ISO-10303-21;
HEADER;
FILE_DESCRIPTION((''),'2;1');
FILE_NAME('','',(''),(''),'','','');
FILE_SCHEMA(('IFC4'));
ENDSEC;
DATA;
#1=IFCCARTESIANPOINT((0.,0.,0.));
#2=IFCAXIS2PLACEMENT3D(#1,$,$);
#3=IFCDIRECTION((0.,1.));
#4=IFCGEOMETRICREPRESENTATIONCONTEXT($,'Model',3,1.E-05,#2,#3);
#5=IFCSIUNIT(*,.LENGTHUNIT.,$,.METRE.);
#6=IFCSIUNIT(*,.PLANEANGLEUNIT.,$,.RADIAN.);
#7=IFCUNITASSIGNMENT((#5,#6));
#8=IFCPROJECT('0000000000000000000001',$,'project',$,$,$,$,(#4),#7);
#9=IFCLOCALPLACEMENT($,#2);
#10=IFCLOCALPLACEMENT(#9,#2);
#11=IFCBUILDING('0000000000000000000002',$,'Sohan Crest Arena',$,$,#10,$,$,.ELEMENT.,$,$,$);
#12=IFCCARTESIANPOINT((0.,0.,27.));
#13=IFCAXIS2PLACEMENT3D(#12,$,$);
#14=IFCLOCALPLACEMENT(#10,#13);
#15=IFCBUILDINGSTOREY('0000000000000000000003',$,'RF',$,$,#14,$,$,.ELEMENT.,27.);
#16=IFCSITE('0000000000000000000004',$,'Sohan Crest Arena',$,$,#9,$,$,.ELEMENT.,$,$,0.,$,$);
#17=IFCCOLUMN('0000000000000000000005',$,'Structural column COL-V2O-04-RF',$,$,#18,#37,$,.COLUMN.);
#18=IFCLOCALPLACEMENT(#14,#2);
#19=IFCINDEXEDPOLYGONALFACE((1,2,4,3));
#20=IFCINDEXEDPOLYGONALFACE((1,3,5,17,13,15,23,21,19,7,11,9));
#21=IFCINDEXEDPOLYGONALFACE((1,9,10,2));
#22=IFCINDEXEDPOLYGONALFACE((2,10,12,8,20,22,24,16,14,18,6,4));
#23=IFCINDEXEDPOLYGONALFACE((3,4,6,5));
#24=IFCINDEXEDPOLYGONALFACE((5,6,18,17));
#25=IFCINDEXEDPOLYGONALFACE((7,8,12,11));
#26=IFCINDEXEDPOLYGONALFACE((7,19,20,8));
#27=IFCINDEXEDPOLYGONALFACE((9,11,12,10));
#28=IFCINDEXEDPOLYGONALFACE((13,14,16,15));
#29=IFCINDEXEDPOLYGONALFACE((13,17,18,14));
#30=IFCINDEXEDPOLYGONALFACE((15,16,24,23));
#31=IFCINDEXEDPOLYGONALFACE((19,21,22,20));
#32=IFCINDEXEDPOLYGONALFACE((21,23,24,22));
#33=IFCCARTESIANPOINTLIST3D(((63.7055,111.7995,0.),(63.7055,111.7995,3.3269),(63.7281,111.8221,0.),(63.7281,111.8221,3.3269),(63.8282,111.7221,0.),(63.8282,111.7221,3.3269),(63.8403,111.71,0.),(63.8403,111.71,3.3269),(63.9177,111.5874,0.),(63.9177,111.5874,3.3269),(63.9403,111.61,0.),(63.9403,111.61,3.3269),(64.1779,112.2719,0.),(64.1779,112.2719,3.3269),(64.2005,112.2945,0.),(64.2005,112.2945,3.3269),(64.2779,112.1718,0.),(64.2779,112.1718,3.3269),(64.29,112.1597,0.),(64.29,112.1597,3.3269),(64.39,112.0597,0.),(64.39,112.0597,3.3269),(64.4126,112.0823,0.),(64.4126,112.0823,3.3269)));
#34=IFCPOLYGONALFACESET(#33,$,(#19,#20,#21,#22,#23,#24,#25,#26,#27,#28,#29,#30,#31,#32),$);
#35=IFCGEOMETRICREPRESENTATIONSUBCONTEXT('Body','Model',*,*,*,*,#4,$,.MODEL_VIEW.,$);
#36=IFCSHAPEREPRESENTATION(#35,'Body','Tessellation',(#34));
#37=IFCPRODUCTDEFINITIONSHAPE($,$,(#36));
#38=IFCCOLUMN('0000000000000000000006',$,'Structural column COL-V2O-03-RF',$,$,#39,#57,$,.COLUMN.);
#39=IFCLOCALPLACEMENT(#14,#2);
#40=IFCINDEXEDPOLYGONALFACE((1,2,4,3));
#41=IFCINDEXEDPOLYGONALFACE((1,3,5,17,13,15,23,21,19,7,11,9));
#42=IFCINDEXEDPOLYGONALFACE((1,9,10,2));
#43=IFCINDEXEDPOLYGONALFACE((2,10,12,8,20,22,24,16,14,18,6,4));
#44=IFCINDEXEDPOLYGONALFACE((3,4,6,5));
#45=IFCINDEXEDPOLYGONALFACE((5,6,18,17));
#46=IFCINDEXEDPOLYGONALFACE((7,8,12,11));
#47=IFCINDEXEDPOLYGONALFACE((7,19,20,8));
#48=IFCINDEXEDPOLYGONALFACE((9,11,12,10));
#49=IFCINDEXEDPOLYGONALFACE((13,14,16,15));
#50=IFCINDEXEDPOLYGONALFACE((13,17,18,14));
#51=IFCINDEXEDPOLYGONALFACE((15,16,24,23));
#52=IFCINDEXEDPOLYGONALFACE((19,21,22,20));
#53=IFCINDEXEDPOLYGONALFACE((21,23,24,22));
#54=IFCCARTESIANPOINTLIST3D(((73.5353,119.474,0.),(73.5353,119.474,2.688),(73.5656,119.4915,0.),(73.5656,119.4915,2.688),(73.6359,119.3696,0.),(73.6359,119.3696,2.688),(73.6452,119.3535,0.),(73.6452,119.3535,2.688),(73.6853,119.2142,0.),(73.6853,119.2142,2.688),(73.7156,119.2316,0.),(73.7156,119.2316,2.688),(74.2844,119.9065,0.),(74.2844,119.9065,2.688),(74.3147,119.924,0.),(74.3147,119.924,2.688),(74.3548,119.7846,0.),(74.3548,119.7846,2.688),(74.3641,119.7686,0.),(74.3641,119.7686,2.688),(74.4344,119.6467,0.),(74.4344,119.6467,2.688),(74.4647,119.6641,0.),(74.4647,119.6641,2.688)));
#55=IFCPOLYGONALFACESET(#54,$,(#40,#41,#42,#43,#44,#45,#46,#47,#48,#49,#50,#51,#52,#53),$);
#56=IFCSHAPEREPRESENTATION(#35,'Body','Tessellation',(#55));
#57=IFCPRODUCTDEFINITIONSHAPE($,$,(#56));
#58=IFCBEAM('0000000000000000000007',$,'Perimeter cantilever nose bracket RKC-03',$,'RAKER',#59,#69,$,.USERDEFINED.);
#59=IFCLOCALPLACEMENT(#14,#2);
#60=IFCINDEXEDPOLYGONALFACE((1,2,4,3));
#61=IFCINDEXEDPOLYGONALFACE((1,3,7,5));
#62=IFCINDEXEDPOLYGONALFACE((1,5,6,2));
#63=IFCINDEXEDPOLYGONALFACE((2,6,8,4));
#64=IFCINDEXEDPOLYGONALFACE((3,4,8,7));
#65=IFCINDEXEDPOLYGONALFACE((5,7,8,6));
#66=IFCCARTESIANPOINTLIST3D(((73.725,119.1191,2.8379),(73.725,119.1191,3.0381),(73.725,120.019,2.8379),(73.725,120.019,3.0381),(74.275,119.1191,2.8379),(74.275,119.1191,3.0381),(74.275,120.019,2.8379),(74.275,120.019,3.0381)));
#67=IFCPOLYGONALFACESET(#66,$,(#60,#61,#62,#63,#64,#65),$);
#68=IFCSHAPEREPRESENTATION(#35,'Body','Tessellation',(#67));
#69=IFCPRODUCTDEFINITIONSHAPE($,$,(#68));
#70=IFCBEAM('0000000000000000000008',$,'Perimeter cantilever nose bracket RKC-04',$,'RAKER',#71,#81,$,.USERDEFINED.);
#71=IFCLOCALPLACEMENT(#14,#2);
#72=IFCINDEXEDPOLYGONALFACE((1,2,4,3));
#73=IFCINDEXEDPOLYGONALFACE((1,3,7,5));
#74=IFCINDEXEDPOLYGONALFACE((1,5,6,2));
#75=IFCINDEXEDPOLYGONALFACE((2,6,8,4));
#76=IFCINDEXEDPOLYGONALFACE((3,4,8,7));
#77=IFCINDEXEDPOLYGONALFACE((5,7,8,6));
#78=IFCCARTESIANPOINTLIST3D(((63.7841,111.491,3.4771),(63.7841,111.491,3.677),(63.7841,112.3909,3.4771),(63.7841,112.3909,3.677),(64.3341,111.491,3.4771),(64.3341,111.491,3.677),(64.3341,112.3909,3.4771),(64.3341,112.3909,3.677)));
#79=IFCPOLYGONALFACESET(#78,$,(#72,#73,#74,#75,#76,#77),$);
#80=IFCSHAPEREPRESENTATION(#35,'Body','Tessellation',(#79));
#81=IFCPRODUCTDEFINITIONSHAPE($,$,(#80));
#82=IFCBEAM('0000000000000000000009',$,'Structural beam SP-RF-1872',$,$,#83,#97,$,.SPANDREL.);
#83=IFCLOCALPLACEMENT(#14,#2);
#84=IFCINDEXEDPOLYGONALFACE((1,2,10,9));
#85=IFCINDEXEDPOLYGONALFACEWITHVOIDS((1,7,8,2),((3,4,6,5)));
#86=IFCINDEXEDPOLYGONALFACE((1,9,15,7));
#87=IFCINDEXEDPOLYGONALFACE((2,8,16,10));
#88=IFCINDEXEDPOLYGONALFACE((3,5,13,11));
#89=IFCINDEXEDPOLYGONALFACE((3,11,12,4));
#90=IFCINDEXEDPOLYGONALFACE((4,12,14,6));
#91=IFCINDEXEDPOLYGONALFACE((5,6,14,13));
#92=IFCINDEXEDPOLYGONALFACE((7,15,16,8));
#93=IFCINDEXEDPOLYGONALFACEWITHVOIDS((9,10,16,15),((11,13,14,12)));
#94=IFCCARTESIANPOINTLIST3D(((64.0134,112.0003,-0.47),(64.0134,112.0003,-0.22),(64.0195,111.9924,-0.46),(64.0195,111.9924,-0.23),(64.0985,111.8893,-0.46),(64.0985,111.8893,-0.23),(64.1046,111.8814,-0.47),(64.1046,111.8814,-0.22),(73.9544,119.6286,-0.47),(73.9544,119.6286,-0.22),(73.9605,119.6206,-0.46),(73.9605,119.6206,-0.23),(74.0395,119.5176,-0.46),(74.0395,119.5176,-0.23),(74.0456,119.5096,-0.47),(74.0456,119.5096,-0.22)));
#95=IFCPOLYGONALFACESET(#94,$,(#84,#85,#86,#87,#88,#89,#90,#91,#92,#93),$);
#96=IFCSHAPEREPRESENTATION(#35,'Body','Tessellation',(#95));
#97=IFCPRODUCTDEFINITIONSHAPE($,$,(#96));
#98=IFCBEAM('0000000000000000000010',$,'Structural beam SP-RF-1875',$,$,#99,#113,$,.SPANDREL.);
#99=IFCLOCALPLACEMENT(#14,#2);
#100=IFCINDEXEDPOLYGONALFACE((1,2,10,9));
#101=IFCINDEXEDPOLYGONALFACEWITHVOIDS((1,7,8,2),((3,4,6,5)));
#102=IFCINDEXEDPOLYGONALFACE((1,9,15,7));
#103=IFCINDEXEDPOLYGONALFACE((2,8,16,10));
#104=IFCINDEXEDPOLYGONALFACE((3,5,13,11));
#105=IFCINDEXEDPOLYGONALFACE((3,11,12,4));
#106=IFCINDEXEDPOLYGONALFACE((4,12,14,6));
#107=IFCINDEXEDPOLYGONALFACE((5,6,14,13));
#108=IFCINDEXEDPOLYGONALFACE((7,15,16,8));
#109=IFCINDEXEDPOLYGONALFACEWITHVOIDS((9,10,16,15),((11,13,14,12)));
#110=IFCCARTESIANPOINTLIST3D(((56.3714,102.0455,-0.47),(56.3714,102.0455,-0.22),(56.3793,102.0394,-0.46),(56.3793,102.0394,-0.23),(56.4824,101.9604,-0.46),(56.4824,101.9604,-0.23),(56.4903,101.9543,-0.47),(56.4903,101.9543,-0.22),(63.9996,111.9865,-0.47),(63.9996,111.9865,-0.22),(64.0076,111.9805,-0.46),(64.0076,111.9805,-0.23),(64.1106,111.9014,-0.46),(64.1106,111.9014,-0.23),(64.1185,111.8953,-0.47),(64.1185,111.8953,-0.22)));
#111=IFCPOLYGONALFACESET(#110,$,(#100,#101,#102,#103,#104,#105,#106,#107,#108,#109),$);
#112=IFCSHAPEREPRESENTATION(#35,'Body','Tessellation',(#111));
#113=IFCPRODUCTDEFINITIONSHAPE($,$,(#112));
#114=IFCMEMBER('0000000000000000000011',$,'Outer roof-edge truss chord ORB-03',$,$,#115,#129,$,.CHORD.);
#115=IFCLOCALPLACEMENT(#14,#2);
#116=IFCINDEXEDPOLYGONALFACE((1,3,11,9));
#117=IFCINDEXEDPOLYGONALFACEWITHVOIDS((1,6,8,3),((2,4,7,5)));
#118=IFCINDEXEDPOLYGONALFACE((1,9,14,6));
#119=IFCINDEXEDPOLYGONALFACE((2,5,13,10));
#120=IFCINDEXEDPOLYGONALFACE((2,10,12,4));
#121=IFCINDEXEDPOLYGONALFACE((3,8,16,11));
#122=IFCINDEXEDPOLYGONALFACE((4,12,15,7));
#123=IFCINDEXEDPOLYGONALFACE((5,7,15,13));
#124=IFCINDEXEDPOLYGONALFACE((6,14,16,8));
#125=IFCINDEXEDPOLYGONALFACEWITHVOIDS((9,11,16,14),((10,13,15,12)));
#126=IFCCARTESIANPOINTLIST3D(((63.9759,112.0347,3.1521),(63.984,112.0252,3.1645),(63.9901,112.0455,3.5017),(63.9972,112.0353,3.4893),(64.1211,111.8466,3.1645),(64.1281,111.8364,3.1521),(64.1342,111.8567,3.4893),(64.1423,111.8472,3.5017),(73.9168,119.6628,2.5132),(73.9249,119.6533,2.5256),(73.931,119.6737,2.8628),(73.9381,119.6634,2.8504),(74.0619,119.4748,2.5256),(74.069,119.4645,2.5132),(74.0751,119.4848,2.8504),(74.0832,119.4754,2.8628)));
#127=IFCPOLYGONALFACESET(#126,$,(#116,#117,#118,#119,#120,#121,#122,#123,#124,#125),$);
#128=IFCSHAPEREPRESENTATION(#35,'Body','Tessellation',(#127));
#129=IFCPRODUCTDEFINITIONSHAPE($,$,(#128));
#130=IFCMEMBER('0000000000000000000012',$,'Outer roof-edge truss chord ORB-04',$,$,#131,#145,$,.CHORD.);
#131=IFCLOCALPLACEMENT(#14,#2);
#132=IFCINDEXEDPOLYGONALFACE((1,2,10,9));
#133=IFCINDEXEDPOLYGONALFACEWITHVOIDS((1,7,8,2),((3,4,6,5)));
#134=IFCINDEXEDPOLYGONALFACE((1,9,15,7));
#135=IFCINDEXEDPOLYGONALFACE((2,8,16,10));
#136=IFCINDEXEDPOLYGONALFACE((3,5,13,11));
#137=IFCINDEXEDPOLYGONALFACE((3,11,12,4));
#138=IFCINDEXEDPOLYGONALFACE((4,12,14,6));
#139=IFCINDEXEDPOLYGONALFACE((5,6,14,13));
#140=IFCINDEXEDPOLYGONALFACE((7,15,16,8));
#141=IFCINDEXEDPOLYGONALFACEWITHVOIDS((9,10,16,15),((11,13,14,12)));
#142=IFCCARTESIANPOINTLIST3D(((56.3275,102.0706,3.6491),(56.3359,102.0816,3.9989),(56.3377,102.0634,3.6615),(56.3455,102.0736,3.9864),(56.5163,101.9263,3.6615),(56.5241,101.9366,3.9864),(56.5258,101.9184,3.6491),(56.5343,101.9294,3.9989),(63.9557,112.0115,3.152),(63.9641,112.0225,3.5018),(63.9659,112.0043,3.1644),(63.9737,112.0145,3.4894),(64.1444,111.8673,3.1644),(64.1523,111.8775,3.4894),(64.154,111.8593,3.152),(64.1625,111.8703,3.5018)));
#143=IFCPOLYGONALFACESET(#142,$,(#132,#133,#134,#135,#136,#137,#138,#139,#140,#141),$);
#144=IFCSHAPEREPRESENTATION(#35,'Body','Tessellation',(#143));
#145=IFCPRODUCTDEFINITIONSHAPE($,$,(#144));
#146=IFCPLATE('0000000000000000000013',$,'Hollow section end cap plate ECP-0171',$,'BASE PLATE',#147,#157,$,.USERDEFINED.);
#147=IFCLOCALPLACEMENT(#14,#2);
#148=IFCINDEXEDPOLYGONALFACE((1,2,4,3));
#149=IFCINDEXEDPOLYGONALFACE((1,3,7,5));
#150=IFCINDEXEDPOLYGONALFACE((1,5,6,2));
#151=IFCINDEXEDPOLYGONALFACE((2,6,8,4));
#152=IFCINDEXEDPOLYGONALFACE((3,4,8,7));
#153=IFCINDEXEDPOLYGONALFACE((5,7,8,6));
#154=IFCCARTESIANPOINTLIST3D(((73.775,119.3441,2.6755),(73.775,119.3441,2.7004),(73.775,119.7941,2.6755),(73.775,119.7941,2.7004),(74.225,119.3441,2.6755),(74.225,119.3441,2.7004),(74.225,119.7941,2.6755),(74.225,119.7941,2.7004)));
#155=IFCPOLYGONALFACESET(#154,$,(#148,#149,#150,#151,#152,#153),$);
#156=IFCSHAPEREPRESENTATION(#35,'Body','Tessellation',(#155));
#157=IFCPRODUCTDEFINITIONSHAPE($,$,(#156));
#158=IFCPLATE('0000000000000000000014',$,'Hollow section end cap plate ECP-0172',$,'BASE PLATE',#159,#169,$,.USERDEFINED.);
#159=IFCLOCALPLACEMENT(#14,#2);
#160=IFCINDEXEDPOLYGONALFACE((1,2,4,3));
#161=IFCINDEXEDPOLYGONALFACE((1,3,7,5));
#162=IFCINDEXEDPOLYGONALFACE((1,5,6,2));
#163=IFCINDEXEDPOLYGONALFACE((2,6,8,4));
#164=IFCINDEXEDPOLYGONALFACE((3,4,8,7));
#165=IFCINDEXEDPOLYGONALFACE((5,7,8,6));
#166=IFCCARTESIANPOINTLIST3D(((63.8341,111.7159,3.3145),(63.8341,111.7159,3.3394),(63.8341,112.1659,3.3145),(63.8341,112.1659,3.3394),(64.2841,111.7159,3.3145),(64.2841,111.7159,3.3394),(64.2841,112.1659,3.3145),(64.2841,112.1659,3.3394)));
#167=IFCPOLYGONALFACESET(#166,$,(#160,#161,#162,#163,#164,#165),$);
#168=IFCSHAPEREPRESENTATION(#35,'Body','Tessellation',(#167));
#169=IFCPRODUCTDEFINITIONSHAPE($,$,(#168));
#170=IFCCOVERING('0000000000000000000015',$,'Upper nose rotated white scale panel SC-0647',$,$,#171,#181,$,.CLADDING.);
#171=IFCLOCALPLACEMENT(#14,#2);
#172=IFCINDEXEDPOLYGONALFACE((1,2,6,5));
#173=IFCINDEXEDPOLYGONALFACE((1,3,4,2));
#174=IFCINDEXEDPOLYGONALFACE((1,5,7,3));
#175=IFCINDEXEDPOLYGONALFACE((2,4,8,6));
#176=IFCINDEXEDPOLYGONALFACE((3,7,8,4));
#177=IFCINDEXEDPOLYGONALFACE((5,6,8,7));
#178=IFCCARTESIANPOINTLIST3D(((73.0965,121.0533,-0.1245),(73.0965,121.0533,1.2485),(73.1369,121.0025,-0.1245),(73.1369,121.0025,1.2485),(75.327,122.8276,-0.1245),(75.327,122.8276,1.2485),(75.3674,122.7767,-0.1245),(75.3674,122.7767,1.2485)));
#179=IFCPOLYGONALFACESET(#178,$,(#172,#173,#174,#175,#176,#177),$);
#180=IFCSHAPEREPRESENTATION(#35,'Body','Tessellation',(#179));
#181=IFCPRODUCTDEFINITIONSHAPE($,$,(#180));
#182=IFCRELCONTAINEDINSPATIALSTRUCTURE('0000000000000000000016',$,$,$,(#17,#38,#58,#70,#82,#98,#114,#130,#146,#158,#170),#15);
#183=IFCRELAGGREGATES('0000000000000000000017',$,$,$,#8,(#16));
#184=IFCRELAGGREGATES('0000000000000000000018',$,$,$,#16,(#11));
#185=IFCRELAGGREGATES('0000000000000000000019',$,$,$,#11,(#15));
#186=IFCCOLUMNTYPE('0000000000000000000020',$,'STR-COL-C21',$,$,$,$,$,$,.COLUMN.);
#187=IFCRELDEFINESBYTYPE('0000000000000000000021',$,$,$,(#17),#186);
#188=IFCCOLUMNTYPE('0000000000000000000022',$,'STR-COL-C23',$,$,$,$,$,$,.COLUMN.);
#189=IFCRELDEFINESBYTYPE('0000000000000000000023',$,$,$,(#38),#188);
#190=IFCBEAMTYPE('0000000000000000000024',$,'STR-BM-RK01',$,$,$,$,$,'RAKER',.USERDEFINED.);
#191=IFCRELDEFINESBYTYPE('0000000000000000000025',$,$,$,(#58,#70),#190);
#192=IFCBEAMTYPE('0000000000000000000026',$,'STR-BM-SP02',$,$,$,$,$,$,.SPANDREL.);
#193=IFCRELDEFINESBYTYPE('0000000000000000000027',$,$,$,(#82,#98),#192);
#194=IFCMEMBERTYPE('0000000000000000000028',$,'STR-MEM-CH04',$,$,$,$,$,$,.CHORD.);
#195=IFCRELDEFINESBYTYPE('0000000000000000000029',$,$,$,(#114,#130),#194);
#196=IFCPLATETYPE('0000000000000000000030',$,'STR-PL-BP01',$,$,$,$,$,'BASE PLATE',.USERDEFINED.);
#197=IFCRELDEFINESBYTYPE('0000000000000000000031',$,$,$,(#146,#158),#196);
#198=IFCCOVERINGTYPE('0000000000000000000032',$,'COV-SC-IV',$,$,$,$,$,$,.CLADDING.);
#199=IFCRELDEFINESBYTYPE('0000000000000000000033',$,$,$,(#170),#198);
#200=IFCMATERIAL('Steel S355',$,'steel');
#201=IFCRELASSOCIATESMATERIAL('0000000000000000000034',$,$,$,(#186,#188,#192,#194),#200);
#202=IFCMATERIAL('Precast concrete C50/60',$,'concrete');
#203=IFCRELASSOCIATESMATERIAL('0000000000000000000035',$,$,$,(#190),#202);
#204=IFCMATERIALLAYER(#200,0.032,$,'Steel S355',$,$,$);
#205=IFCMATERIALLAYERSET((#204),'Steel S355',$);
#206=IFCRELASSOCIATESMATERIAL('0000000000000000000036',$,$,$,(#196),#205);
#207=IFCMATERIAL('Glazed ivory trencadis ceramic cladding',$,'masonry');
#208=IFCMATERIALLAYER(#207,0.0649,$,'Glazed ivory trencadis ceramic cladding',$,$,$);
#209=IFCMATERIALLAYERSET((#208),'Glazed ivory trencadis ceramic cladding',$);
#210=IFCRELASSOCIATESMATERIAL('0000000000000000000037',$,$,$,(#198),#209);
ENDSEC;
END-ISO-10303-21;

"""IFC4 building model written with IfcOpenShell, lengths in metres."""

from ifc_helpers import new_model, si_unit, direction, frame, origin, origin_2d, place, context, subcontext, project, spatial, rectangle, hollow_rectangle, i_section, extrude, material, layer, layer_set, material_profile, profile_set, type_object, element, save


model = new_model("IFC4")

# Units and contexts
model_context = context("Model", 3, precision=1e-05, world=origin(), true_north=direction((0.0, 1.0)))
body_context = subcontext(model_context, "Body", "Model", "MODEL_VIEW")
ifc_project = project(units=[si_unit("LENGTHUNIT", "METRE"), si_unit("PLANEANGLEUNIT", "RADIAN")], contexts=[model_context])

# Site, building, storey
site_placement = place(None, origin())
site = spatial("IfcSite", under=ifc_project, at=site_placement, Name="Sohan Crest Arena", CompositionType="ELEMENT", RefElevation=0.0)
building_placement = place(site_placement, origin())
building = spatial("IfcBuilding", under=site, at=building_placement, Name="Sohan Crest Arena", CompositionType="ELEMENT")
storey_placement = place(building_placement, frame((0.0, 0.0, 27.0)))
storey = spatial("IfcBuildingStorey", under=building, at=storey_placement, Name="RF", CompositionType="ELEMENT", Elevation=27.0)

# Columns
ifc_material_1 = material(Name="Steel S355", Category="steel")
ifc_material_profile_1 = material_profile(ifc_material_1, i_section(OverallWidth=0.3, OverallDepth=0.7, WebThickness=0.0171, FlangeThickness=0.032, at=origin_2d()), Name="HEB 700")
ifc_profile_set_1 = profile_set([ifc_material_profile_1], Name="Steel S355")
column_type_1 = type_object("IfcColumnType", Name="STR-COL-C21", PredefinedType="COLUMN", material=ifc_profile_set_1)
column_1_placement = place(storey_placement, frame((64.0591, 111.9409, 0.0), z_axis=(0.0, 0.0, 1.0), x_axis=(-0.707107, 0.707107, 0.0)))
element("IfcColumn", 1, at=column_1_placement, inside=storey, type_object=column_type_1, Name="Structural column COL-V2O-04-RF", PredefinedType="COLUMN", context=body_context, shape_type="SweptSolid", body=[
    extrude(i_section(OverallWidth=0.3, OverallDepth=0.7, WebThickness=0.0171, FlangeThickness=0.032, at=origin_2d()), origin(), (0.0, 0.0, 1.0), 3.3269),
])
ifc_material_profile_2 = material_profile(ifc_material_1, i_section(OverallWidth=0.3, OverallDepth=0.8999, WebThickness=0.0186, FlangeThickness=0.0349, at=origin_2d()), Name="HEB 900")
ifc_profile_set_2 = profile_set([ifc_material_profile_2], Name="Steel S355")
column_type_2 = type_object("IfcColumnType", Name="STR-COL-C23", PredefinedType="COLUMN", material=ifc_profile_set_2)
column_2_placement = place(storey_placement, frame((74.0, 119.5691, 0.0), z_axis=(0.0, 0.0, 1.0), x_axis=(-0.5, 0.866025, 0.0)))
element("IfcColumn", 2, at=column_2_placement, inside=storey, type_object=column_type_2, Name="Structural column COL-V2O-03-RF", PredefinedType="COLUMN", context=body_context, shape_type="SweptSolid", body=[
    extrude(i_section(OverallWidth=0.3, OverallDepth=0.8999, WebThickness=0.0186, FlangeThickness=0.0349, at=origin_2d()), origin(), (0.0, 0.0, 1.0), 2.688),
])

# Beams
ifc_material_2 = material(Name="Precast concrete C50/60", Category="concrete")
ifc_material_profile_3 = material_profile(ifc_material_2, rectangle(XDim=0.55, YDim=0.8999, at=origin_2d()), Name="RAKER 550x900")
ifc_profile_set_3 = profile_set([ifc_material_profile_3], Name="Precast concrete C50/60")
beam_type_1 = type_object("IfcBeamType", Name="STR-BM-RK01", ElementType="RAKER", PredefinedType="USERDEFINED", material=ifc_profile_set_3)
beam_1_placement = place(storey_placement, frame((74.0, 119.5691, 3.0381), z_axis=(0.0, 0.0, -1.0), x_axis=(1.0, 0.0, 0.0)))
element("IfcBeam", 3, at=beam_1_placement, inside=storey, type_object=beam_type_1, Name="Perimeter cantilever nose bracket RKC-03", ObjectType="RAKER", PredefinedType="USERDEFINED", context=body_context, shape_type="SweptSolid", body=[
    extrude(rectangle(XDim=0.55, YDim=0.8999, at=origin_2d()), origin(), (0.0, 0.0, 1.0), 0.2002),
])
beam_2_placement = place(storey_placement, frame((64.0591, 111.9409, 3.677), z_axis=(0.0, 0.0, -1.0), x_axis=(1.0, 0.0, 0.0)))
element("IfcBeam", 4, at=beam_2_placement, inside=storey, type_object=beam_type_1, Name="Perimeter cantilever nose bracket RKC-04", ObjectType="RAKER", PredefinedType="USERDEFINED", context=body_context, shape_type="SweptSolid", body=[
    extrude(rectangle(XDim=0.55, YDim=0.8999, at=origin_2d()), origin(), (0.0, 0.0, 1.0), 0.2),
])
ifc_material_profile_4 = material_profile(ifc_material_1, hollow_rectangle(XDim=0.1499, YDim=0.25, WallThickness=0.01, at=origin_2d()), Name="RHS 250x150x10")
ifc_profile_set_4 = profile_set([ifc_material_profile_4], Name="Steel S355")
beam_type_2 = type_object("IfcBeamType", Name="STR-BM-SP02", PredefinedType="SPANDREL", material=ifc_profile_set_4)
for number, where, z_axis, x_axis, name in (
    (5, (74.0, 119.5691, -0.345), (-0.793344, -0.608773, 0.0), (0.608773, -0.793344, 0.0), "Structural beam SP-RF-1872"),
    (6, (64.0591, 111.9409, -0.345), (-0.608773, -0.793344, 0.0), (0.793344, -0.608773, 0.0), "Structural beam SP-RF-1875"),
):
    element("IfcBeam", number, at=place(storey_placement, frame(where, z_axis=z_axis, x_axis=x_axis)), inside=storey, type_object=beam_type_2, Name=name, PredefinedType="SPANDREL", context=body_context, shape_type="SweptSolid", body=[
        extrude(hollow_rectangle(XDim=0.1499, YDim=0.25, WallThickness=0.01, at=origin_2d()), origin(), (0.0, 0.0, 1.0), 12.5305),
    ])

# Members
ifc_material_profile_5 = material_profile(ifc_material_1, hollow_rectangle(XDim=0.25, YDim=0.3501, WallThickness=0.0125, at=origin_2d()), Name="RHS 350x250x12.5")
ifc_profile_set_5 = profile_set([ifc_material_profile_5], Name="Steel S355")
member_type = type_object("IfcMemberType", Name="STR-MEM-CH04", PredefinedType="CHORD", material=ifc_profile_set_5)
member_1_placement = place(storey_placement, frame((74.0, 119.5691, 2.688), z_axis=(-0.792315, -0.607984, 0.050923), x_axis=(0.608773, -0.793344, 0.0)))
element("IfcMember", 7, at=member_1_placement, inside=storey, type_object=member_type, Name="Outer roof-edge truss chord ORB-03", PredefinedType="CHORD", context=body_context, shape_type="SweptSolid", body=[
    extrude(hollow_rectangle(XDim=0.25, YDim=0.3501, WallThickness=0.0125, at=origin_2d()), origin(), (0.0, 0.0, 1.0), 12.5466),
])
member_2_placement = place(storey_placement, frame((64.0591, 111.9409, 3.3269), z_axis=(-0.608295, -0.792721, 0.039638), x_axis=(0.793344, -0.608773, 0.0)))
element("IfcMember", 8, at=member_2_placement, inside=storey, type_object=member_type, Name="Outer roof-edge truss chord ORB-04", PredefinedType="CHORD", context=body_context, shape_type="SweptSolid", body=[
    extrude(hollow_rectangle(XDim=0.25, YDim=0.3501, WallThickness=0.0125, at=origin_2d()), origin(), (0.0, 0.0, 1.0), 12.5403),
])

# Plates
ifc_layer_1 = layer(ifc_material_1, 0.032, Name="Steel S355")
ifc_layer_set_1 = layer_set([ifc_layer_1], Name="Steel S355")
plate_type = type_object("IfcPlateType", Name="STR-PL-BP01", ElementType="BASE PLATE", PredefinedType="USERDEFINED", material=ifc_layer_set_1)
for number, where, z_axis, x_axis, name in (
    (9, (74.0, 119.5691, 2.6755), (0.0, 0.0, 1.0), (1.0, 0.0, 0.0), "Hollow section end cap plate ECP-0171"),
    (10, (64.0591, 111.9409, 3.3145), (0.0, 0.0, 1.0), (1.0, 0.0, 0.0), "Hollow section end cap plate ECP-0172"),
):
    element("IfcPlate", number, at=place(storey_placement, frame(where, z_axis=z_axis, x_axis=x_axis)), inside=storey, type_object=plate_type, Name=name, ObjectType="BASE PLATE", PredefinedType="USERDEFINED", context=body_context, shape_type="SweptSolid", body=[
        extrude(rectangle(XDim=0.45, YDim=0.45, at=origin_2d()), origin(), (0.0, 0.0, 1.0), 0.0249),
    ])

# Covering
ifc_material_3 = material(Name="Glazed ivory trencadis ceramic cladding", Category="masonry")
ifc_layer_2 = layer(ifc_material_3, 0.0649, Name="Glazed ivory trencadis ceramic cladding")
ifc_layer_set_2 = layer_set([ifc_layer_2], Name="Glazed ivory trencadis ceramic cladding")
covering_type = type_object("IfcCoveringType", Name="COV-SC-IV", PredefinedType="CLADDING", material=ifc_layer_set_2)
covering_1_placement = place(storey_placement, frame((74.2319, 121.915, -0.1245), z_axis=(0.0, 0.0, 1.0), x_axis=(-0.782608, -0.622515, 0.0)))
element("IfcCovering", 11, at=covering_1_placement, inside=storey, type_object=covering_type, Name="Upper nose rotated white scale panel SC-0647", PredefinedType="CLADDING", context=body_context, shape_type="SweptSolid", body=[
    extrude(rectangle(XDim=2.8501, YDim=0.0649, at=origin_2d()), origin(), (0.0, 0.0, 1.0), 1.373),
])

save(model, "model.ifc")
